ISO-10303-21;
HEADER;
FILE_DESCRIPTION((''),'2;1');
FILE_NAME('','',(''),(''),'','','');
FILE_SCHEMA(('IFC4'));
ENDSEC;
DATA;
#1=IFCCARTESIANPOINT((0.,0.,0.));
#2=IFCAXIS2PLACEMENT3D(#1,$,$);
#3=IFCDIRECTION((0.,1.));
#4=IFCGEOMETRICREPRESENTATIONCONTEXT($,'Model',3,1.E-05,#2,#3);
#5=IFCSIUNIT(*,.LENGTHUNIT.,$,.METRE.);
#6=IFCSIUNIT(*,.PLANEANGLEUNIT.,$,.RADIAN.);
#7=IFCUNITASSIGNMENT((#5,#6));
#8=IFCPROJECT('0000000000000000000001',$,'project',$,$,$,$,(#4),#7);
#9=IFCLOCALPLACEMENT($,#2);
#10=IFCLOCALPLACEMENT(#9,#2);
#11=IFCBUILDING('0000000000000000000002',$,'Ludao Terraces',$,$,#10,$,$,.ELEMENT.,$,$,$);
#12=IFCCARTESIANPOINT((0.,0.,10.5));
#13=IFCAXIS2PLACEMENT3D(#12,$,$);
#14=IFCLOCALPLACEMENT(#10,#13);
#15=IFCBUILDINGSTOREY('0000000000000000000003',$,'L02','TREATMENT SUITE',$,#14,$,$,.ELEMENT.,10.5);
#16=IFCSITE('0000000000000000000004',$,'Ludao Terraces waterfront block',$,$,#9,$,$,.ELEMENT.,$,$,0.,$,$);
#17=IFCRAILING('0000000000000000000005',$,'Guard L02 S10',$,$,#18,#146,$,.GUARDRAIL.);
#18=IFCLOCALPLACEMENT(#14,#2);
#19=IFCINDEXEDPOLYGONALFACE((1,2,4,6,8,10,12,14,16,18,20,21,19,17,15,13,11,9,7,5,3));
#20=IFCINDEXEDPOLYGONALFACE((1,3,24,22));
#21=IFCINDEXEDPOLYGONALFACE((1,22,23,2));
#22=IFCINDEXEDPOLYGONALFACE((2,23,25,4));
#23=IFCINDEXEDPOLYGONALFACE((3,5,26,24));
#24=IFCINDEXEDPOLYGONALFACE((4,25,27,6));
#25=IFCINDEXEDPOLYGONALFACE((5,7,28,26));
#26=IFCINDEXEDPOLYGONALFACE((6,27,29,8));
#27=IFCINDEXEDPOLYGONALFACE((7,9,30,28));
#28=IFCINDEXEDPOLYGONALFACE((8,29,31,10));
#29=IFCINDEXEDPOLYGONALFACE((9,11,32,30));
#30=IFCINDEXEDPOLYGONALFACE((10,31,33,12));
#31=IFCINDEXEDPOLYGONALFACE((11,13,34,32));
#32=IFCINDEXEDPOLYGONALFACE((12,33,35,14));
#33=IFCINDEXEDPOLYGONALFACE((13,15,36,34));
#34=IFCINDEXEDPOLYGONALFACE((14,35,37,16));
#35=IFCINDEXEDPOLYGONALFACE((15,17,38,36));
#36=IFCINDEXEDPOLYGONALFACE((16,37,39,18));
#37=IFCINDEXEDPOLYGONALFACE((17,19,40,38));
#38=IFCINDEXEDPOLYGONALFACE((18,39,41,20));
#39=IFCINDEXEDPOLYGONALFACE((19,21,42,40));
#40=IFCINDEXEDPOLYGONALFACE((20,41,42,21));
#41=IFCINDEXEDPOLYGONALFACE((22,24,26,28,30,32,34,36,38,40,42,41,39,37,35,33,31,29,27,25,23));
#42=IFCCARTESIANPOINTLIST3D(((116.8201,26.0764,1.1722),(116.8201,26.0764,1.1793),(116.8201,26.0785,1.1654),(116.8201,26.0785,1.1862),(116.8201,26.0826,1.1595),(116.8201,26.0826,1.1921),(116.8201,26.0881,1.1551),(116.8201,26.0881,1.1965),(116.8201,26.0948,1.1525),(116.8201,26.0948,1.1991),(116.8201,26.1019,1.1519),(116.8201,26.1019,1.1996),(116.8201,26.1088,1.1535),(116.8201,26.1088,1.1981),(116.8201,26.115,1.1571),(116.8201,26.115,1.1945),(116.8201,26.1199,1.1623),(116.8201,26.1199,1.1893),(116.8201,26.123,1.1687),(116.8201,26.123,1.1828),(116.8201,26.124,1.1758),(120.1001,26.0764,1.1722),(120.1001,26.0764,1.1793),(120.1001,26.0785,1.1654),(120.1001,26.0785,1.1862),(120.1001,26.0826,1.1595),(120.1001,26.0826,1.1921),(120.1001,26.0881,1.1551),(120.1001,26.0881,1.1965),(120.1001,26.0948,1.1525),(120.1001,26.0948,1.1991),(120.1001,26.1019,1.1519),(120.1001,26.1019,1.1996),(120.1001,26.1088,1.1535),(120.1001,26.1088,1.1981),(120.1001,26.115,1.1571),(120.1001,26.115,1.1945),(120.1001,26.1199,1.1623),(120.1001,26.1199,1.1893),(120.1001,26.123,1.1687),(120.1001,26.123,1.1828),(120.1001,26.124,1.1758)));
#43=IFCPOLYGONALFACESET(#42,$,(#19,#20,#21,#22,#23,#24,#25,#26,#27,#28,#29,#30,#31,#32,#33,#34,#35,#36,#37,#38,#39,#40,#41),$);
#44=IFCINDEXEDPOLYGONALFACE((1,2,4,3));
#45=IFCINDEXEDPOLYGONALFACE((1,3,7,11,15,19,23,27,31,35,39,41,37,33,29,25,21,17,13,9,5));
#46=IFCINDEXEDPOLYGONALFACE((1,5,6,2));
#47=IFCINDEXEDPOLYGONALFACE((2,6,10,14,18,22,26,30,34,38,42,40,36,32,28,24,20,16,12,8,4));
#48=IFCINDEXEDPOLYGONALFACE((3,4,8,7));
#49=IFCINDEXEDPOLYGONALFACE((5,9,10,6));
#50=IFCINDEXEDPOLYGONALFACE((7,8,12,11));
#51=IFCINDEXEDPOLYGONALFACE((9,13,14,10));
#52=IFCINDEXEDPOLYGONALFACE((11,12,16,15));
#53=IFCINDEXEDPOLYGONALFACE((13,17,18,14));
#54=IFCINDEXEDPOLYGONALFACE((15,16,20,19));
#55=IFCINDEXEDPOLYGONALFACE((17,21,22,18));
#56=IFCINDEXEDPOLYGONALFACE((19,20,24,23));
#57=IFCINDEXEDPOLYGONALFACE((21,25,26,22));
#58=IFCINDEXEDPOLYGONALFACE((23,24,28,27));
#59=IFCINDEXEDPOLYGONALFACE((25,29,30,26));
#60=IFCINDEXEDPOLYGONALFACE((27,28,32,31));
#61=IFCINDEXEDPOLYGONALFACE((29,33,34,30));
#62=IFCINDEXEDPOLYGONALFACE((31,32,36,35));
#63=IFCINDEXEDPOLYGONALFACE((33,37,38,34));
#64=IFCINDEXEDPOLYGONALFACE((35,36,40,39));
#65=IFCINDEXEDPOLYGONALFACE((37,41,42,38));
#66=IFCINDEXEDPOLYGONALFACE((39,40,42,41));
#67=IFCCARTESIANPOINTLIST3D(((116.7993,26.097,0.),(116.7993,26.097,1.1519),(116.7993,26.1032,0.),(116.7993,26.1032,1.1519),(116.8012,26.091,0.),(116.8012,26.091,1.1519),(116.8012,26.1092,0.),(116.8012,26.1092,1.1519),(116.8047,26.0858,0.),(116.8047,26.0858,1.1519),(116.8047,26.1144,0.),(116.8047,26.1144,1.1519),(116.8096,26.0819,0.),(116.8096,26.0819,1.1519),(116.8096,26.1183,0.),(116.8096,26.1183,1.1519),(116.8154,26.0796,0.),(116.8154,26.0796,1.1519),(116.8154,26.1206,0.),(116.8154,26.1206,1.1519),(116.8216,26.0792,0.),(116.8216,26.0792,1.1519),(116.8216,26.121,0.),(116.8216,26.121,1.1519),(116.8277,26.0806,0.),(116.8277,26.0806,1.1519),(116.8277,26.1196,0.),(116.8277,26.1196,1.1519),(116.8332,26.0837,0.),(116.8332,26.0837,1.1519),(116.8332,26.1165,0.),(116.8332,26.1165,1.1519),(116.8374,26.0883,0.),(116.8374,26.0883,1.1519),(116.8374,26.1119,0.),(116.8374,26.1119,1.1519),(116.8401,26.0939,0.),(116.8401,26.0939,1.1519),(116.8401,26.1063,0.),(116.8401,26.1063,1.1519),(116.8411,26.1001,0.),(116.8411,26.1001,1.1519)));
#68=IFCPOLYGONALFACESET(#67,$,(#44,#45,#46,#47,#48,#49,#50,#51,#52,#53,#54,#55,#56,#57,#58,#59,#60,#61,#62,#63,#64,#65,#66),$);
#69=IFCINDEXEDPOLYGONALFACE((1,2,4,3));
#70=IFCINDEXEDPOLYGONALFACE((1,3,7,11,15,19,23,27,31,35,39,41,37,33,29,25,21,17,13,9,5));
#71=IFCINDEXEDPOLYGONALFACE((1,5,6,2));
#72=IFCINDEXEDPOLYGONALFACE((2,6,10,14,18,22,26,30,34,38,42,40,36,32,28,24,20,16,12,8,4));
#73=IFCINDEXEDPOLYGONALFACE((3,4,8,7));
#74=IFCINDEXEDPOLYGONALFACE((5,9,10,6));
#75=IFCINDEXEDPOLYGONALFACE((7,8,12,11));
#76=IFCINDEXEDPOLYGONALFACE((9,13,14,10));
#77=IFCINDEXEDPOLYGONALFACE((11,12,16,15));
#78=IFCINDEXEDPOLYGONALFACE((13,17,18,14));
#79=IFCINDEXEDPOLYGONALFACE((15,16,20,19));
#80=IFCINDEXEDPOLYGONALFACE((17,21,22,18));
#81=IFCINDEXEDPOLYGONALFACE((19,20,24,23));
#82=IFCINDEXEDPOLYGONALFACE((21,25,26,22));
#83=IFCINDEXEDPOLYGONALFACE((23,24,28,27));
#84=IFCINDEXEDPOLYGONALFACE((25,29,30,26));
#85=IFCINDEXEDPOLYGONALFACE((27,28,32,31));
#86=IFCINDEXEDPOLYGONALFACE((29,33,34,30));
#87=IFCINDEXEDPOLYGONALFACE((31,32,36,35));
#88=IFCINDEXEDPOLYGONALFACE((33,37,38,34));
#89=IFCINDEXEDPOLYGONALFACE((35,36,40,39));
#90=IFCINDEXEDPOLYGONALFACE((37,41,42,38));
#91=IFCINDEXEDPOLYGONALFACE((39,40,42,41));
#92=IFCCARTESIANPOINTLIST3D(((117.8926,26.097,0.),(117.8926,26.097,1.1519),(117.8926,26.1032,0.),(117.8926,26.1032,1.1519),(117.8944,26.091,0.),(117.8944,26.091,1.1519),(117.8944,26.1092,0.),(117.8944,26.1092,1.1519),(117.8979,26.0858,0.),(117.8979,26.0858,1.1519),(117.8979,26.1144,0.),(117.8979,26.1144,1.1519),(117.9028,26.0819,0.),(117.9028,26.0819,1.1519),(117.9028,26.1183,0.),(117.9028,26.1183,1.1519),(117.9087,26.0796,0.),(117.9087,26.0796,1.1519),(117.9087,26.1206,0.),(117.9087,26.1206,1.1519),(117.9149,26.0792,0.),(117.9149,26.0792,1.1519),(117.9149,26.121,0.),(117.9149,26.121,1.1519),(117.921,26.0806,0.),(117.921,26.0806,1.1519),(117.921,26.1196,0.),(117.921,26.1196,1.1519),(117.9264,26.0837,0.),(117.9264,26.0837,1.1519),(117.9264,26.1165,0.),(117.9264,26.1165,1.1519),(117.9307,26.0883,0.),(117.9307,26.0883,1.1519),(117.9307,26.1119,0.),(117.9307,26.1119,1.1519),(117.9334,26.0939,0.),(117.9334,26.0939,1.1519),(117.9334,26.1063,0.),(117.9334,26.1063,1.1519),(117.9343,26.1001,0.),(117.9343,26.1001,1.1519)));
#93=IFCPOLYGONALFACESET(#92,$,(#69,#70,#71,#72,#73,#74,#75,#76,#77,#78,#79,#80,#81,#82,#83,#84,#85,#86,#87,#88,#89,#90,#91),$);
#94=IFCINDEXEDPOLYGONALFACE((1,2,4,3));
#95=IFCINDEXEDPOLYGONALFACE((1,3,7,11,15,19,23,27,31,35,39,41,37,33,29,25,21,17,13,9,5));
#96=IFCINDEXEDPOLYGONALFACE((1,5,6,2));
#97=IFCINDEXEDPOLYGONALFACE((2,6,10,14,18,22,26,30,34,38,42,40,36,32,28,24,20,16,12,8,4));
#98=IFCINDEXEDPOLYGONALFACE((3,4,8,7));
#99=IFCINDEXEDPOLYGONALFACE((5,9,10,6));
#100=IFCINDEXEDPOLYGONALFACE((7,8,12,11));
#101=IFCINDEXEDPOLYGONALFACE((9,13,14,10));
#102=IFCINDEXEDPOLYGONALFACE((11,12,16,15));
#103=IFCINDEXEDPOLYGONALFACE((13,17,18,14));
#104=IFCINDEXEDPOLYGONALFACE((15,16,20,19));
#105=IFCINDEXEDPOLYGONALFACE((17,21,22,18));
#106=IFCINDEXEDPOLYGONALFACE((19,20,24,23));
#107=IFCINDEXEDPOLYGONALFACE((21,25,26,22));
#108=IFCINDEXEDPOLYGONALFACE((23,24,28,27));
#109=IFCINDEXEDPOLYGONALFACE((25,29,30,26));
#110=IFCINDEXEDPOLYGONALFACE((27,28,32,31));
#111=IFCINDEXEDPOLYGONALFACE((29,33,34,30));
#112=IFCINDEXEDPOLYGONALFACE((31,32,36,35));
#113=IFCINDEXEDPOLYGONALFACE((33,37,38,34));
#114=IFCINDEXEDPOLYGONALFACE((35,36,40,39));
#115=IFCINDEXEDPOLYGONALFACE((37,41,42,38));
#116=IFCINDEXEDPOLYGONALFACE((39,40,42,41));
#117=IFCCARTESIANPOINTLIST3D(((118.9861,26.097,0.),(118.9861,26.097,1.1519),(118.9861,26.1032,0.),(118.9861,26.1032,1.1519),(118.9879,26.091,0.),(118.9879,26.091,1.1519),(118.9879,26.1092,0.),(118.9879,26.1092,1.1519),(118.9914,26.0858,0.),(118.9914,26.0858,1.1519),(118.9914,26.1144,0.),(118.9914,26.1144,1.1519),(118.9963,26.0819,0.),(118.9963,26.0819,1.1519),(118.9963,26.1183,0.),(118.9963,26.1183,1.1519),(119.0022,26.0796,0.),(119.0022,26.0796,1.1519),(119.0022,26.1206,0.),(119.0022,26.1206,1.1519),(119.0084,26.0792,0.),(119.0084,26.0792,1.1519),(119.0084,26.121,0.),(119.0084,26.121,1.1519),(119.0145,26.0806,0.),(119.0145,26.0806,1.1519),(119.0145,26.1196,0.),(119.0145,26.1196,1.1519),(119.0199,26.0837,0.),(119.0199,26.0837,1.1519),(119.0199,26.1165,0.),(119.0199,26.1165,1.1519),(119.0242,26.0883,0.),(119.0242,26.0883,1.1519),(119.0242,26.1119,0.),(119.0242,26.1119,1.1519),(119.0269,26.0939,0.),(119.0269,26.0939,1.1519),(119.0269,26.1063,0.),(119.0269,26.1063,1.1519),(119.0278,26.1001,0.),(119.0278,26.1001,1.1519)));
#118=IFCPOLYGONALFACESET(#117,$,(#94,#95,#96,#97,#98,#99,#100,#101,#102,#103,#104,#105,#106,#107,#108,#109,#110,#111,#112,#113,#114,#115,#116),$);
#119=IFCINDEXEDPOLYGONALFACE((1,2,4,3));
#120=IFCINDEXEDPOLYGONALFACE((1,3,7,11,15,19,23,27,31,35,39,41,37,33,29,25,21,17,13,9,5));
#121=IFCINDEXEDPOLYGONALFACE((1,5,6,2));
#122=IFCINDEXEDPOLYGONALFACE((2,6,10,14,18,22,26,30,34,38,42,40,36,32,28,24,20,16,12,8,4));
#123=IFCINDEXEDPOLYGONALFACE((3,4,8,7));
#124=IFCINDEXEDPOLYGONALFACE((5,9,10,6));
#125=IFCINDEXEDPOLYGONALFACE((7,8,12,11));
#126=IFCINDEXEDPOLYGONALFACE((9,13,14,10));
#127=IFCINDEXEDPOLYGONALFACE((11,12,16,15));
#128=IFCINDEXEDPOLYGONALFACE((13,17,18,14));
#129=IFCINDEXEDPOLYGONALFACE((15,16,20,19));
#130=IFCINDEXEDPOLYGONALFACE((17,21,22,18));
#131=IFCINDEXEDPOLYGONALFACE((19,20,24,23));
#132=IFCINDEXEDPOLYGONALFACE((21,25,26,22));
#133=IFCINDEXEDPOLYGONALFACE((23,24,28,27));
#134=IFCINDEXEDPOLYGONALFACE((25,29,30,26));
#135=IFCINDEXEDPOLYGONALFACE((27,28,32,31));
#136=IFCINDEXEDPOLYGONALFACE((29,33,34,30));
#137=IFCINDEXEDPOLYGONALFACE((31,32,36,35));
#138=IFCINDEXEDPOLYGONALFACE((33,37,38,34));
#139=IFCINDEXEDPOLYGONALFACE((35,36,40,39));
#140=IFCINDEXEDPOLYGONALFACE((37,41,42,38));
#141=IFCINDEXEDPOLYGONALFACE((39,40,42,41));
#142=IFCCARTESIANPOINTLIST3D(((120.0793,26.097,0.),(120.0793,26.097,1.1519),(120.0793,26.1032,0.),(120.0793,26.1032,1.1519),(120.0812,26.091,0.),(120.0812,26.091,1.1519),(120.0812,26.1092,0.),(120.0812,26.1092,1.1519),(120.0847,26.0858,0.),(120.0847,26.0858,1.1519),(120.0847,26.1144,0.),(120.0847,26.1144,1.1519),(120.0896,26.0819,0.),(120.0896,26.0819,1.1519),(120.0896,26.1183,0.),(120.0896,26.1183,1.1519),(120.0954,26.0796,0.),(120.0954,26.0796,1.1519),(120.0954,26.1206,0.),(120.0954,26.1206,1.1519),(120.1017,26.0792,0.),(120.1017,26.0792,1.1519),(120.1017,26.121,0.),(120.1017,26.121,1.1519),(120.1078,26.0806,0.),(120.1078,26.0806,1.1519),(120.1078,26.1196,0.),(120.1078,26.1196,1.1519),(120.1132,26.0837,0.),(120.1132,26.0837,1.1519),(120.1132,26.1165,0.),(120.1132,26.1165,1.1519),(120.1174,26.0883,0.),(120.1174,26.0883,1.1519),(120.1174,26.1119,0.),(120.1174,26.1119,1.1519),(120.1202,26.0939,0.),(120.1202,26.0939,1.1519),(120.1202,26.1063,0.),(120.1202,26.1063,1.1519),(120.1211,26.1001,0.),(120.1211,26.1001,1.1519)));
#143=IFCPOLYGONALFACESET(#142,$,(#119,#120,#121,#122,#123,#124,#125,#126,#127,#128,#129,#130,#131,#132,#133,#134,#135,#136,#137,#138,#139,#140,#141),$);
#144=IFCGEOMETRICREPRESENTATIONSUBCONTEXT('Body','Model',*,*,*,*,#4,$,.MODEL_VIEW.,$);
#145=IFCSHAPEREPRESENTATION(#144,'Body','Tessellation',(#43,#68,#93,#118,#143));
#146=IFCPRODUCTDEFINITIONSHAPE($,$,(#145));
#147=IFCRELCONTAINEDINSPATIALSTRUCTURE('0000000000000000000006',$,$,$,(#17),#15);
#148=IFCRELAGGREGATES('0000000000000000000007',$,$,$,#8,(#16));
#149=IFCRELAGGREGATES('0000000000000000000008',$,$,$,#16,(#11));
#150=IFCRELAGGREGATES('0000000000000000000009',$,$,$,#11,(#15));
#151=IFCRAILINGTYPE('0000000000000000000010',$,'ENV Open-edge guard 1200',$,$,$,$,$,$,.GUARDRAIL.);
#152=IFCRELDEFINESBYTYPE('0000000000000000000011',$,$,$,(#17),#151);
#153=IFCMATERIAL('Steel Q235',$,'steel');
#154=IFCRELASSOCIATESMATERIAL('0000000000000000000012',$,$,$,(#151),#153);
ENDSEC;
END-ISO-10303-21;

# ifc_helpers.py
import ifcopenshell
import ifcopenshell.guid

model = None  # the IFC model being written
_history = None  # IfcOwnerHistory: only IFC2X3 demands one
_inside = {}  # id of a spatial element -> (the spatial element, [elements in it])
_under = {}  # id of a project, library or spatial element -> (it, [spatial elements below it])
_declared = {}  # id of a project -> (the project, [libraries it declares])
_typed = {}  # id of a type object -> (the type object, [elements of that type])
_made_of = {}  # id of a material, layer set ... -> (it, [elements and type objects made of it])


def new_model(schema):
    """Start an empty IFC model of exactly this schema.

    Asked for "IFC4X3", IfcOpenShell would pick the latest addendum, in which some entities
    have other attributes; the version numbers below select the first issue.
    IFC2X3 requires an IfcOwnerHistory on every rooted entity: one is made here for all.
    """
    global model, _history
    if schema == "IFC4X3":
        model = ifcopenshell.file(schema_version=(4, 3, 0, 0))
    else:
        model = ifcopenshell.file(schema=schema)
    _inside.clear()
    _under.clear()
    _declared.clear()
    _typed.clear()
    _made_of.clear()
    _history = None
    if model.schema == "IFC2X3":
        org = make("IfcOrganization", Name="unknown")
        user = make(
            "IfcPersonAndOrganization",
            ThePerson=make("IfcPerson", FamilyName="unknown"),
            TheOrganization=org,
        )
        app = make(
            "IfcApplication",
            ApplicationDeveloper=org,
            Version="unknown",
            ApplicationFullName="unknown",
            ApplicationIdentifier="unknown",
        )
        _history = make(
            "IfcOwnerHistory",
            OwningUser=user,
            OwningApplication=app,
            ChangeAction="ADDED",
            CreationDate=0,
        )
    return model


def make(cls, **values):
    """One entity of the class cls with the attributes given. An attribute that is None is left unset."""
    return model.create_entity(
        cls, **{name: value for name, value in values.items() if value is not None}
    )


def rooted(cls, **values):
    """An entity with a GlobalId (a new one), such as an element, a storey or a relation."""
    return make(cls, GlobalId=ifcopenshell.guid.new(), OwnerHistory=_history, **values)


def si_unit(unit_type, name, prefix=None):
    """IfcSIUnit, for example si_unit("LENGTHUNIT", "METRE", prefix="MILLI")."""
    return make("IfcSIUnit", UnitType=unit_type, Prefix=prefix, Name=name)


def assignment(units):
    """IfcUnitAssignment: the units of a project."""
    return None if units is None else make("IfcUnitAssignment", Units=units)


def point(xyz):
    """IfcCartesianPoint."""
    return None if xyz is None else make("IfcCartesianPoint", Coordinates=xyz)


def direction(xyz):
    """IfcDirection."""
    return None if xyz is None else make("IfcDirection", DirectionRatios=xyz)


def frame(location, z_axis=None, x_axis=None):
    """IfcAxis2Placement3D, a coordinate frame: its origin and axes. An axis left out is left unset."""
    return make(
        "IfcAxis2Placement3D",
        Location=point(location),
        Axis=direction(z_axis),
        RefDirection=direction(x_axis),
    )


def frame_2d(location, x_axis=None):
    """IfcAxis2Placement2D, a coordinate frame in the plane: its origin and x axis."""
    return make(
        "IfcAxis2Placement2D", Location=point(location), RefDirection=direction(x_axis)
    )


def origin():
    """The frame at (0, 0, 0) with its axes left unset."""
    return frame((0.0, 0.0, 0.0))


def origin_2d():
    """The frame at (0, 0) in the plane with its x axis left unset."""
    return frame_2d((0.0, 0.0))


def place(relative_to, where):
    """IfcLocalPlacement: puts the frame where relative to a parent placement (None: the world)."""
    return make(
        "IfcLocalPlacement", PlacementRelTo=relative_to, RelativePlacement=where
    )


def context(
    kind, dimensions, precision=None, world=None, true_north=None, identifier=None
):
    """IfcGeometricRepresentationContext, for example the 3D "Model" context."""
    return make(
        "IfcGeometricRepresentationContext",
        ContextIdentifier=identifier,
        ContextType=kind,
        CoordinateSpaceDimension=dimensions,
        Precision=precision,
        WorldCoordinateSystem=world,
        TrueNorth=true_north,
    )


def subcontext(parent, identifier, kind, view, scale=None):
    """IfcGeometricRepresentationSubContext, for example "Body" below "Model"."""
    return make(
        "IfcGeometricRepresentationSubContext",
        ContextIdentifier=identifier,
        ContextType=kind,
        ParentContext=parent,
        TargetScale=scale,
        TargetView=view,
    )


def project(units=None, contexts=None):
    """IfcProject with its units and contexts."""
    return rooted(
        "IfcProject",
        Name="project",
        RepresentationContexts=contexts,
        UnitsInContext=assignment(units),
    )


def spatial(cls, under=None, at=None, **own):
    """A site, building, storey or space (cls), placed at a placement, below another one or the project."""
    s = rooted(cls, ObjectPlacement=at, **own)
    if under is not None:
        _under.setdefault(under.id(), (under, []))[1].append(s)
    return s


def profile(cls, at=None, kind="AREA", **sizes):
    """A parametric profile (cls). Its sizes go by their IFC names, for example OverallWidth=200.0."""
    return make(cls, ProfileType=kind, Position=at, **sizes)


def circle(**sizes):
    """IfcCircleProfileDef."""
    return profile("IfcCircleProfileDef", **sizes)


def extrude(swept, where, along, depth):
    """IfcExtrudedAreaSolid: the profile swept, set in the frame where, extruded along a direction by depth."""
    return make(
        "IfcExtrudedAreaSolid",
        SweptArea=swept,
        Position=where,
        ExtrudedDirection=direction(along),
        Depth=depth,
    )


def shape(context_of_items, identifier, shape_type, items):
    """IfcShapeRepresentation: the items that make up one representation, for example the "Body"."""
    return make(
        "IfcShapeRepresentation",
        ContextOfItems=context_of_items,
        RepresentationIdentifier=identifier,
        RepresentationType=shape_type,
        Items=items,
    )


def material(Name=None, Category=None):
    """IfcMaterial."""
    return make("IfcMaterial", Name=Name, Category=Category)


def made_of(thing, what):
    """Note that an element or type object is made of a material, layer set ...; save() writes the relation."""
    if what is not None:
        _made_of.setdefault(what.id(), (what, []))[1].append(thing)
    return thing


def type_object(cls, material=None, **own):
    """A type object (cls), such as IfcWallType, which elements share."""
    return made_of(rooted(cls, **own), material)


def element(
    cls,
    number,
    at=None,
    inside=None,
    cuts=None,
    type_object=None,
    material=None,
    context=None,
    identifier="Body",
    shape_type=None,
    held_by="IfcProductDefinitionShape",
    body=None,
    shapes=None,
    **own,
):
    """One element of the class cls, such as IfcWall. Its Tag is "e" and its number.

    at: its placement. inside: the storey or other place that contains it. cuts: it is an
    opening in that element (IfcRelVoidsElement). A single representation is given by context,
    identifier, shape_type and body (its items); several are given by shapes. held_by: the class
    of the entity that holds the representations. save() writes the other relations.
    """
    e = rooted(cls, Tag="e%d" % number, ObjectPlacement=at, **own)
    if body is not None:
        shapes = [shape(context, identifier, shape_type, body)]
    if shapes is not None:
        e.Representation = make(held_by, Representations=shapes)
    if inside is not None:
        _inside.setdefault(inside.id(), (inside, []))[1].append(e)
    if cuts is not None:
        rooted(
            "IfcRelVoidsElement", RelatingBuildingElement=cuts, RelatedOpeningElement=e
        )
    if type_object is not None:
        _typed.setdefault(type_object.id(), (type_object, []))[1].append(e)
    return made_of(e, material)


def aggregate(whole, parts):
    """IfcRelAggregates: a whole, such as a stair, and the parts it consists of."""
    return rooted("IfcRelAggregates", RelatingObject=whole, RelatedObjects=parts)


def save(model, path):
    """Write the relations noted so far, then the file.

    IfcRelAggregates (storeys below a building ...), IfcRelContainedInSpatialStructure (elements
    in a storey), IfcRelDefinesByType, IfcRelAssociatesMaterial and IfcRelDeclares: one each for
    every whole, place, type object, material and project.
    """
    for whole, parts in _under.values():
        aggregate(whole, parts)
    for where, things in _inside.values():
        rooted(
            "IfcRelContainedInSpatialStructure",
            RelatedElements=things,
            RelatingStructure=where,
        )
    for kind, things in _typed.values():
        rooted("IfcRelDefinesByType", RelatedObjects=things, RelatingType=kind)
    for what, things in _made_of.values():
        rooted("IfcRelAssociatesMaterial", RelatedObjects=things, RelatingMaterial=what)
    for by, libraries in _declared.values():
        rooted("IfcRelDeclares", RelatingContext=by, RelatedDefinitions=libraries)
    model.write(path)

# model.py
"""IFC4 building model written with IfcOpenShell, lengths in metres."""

from ifc_helpers import new_model, si_unit, direction, frame, origin, origin_2d, place, context, subcontext, project, spatial, circle, extrude, material, type_object, element, save


model = new_model("IFC4")

# Units and contexts
model_context = context("Model", 3, precision=1e-05, world=origin(), true_north=direction((0.0, 1.0)))
body_context = subcontext(model_context, "Body", "Model", "MODEL_VIEW")
ifc_project = project(units=[si_unit("LENGTHUNIT", "METRE"), si_unit("PLANEANGLEUNIT", "RADIAN")], contexts=[model_context])

# Site, building, storey
site_placement = place(None, origin())
site = spatial("IfcSite", under=ifc_project, at=site_placement, Name="Ludao Terraces waterfront block", CompositionType="ELEMENT", RefElevation=0.0)
building_placement = place(site_placement, origin())
building = spatial("IfcBuilding", under=site, at=building_placement, Name="Ludao Terraces", CompositionType="ELEMENT")
storey_placement = place(building_placement, frame((0.0, 0.0, 10.5)))
storey = spatial("IfcBuildingStorey", under=building, at=storey_placement, Name="L02", Description="TREATMENT SUITE", CompositionType="ELEMENT", Elevation=10.5)

# Shared definitions
ifc_material_1 = material(Name="Steel Q235", Category="steel")

# Railing
railing_type = type_object("IfcRailingType", Name="ENV Open-edge guard 1200", PredefinedType="GUARDRAIL", material=ifc_material_1)
railing_1_placement = place(storey_placement, frame((116.8201, 26.1001, 0.0)))
element("IfcRailing", 1, at=railing_1_placement, inside=storey, type_object=railing_type, Name="Guard L02 S10", PredefinedType="GUARDRAIL", context=body_context, shape_type="SweptSolid", body=[
    extrude(circle(Radius=0.0239, at=origin_2d()), frame((0.0, 0.0, 1.1758), z_axis=(1.0, 0.0, 0.0), x_axis=(0.0, 1.0, 0.0)), (0.0, 0.0, 1.0), 3.28),
    extrude(circle(Radius=0.021, at=origin_2d()), origin(), (0.0, 0.0, 1.0), 1.1519),
    extrude(circle(Radius=0.021, at=origin_2d()), frame((1.0933, 0.0, 0.0)), (0.0, 0.0, 1.0), 1.1519),
    extrude(circle(Radius=0.021, at=origin_2d()), frame((2.1868, 0.0, 0.0)), (0.0, 0.0, 1.0), 1.1519),
    extrude(circle(Radius=0.021, at=origin_2d()), frame((3.28, 0.0, 0.0)), (0.0, 0.0, 1.0), 1.1519),
])

save(model, "model.ifc")
